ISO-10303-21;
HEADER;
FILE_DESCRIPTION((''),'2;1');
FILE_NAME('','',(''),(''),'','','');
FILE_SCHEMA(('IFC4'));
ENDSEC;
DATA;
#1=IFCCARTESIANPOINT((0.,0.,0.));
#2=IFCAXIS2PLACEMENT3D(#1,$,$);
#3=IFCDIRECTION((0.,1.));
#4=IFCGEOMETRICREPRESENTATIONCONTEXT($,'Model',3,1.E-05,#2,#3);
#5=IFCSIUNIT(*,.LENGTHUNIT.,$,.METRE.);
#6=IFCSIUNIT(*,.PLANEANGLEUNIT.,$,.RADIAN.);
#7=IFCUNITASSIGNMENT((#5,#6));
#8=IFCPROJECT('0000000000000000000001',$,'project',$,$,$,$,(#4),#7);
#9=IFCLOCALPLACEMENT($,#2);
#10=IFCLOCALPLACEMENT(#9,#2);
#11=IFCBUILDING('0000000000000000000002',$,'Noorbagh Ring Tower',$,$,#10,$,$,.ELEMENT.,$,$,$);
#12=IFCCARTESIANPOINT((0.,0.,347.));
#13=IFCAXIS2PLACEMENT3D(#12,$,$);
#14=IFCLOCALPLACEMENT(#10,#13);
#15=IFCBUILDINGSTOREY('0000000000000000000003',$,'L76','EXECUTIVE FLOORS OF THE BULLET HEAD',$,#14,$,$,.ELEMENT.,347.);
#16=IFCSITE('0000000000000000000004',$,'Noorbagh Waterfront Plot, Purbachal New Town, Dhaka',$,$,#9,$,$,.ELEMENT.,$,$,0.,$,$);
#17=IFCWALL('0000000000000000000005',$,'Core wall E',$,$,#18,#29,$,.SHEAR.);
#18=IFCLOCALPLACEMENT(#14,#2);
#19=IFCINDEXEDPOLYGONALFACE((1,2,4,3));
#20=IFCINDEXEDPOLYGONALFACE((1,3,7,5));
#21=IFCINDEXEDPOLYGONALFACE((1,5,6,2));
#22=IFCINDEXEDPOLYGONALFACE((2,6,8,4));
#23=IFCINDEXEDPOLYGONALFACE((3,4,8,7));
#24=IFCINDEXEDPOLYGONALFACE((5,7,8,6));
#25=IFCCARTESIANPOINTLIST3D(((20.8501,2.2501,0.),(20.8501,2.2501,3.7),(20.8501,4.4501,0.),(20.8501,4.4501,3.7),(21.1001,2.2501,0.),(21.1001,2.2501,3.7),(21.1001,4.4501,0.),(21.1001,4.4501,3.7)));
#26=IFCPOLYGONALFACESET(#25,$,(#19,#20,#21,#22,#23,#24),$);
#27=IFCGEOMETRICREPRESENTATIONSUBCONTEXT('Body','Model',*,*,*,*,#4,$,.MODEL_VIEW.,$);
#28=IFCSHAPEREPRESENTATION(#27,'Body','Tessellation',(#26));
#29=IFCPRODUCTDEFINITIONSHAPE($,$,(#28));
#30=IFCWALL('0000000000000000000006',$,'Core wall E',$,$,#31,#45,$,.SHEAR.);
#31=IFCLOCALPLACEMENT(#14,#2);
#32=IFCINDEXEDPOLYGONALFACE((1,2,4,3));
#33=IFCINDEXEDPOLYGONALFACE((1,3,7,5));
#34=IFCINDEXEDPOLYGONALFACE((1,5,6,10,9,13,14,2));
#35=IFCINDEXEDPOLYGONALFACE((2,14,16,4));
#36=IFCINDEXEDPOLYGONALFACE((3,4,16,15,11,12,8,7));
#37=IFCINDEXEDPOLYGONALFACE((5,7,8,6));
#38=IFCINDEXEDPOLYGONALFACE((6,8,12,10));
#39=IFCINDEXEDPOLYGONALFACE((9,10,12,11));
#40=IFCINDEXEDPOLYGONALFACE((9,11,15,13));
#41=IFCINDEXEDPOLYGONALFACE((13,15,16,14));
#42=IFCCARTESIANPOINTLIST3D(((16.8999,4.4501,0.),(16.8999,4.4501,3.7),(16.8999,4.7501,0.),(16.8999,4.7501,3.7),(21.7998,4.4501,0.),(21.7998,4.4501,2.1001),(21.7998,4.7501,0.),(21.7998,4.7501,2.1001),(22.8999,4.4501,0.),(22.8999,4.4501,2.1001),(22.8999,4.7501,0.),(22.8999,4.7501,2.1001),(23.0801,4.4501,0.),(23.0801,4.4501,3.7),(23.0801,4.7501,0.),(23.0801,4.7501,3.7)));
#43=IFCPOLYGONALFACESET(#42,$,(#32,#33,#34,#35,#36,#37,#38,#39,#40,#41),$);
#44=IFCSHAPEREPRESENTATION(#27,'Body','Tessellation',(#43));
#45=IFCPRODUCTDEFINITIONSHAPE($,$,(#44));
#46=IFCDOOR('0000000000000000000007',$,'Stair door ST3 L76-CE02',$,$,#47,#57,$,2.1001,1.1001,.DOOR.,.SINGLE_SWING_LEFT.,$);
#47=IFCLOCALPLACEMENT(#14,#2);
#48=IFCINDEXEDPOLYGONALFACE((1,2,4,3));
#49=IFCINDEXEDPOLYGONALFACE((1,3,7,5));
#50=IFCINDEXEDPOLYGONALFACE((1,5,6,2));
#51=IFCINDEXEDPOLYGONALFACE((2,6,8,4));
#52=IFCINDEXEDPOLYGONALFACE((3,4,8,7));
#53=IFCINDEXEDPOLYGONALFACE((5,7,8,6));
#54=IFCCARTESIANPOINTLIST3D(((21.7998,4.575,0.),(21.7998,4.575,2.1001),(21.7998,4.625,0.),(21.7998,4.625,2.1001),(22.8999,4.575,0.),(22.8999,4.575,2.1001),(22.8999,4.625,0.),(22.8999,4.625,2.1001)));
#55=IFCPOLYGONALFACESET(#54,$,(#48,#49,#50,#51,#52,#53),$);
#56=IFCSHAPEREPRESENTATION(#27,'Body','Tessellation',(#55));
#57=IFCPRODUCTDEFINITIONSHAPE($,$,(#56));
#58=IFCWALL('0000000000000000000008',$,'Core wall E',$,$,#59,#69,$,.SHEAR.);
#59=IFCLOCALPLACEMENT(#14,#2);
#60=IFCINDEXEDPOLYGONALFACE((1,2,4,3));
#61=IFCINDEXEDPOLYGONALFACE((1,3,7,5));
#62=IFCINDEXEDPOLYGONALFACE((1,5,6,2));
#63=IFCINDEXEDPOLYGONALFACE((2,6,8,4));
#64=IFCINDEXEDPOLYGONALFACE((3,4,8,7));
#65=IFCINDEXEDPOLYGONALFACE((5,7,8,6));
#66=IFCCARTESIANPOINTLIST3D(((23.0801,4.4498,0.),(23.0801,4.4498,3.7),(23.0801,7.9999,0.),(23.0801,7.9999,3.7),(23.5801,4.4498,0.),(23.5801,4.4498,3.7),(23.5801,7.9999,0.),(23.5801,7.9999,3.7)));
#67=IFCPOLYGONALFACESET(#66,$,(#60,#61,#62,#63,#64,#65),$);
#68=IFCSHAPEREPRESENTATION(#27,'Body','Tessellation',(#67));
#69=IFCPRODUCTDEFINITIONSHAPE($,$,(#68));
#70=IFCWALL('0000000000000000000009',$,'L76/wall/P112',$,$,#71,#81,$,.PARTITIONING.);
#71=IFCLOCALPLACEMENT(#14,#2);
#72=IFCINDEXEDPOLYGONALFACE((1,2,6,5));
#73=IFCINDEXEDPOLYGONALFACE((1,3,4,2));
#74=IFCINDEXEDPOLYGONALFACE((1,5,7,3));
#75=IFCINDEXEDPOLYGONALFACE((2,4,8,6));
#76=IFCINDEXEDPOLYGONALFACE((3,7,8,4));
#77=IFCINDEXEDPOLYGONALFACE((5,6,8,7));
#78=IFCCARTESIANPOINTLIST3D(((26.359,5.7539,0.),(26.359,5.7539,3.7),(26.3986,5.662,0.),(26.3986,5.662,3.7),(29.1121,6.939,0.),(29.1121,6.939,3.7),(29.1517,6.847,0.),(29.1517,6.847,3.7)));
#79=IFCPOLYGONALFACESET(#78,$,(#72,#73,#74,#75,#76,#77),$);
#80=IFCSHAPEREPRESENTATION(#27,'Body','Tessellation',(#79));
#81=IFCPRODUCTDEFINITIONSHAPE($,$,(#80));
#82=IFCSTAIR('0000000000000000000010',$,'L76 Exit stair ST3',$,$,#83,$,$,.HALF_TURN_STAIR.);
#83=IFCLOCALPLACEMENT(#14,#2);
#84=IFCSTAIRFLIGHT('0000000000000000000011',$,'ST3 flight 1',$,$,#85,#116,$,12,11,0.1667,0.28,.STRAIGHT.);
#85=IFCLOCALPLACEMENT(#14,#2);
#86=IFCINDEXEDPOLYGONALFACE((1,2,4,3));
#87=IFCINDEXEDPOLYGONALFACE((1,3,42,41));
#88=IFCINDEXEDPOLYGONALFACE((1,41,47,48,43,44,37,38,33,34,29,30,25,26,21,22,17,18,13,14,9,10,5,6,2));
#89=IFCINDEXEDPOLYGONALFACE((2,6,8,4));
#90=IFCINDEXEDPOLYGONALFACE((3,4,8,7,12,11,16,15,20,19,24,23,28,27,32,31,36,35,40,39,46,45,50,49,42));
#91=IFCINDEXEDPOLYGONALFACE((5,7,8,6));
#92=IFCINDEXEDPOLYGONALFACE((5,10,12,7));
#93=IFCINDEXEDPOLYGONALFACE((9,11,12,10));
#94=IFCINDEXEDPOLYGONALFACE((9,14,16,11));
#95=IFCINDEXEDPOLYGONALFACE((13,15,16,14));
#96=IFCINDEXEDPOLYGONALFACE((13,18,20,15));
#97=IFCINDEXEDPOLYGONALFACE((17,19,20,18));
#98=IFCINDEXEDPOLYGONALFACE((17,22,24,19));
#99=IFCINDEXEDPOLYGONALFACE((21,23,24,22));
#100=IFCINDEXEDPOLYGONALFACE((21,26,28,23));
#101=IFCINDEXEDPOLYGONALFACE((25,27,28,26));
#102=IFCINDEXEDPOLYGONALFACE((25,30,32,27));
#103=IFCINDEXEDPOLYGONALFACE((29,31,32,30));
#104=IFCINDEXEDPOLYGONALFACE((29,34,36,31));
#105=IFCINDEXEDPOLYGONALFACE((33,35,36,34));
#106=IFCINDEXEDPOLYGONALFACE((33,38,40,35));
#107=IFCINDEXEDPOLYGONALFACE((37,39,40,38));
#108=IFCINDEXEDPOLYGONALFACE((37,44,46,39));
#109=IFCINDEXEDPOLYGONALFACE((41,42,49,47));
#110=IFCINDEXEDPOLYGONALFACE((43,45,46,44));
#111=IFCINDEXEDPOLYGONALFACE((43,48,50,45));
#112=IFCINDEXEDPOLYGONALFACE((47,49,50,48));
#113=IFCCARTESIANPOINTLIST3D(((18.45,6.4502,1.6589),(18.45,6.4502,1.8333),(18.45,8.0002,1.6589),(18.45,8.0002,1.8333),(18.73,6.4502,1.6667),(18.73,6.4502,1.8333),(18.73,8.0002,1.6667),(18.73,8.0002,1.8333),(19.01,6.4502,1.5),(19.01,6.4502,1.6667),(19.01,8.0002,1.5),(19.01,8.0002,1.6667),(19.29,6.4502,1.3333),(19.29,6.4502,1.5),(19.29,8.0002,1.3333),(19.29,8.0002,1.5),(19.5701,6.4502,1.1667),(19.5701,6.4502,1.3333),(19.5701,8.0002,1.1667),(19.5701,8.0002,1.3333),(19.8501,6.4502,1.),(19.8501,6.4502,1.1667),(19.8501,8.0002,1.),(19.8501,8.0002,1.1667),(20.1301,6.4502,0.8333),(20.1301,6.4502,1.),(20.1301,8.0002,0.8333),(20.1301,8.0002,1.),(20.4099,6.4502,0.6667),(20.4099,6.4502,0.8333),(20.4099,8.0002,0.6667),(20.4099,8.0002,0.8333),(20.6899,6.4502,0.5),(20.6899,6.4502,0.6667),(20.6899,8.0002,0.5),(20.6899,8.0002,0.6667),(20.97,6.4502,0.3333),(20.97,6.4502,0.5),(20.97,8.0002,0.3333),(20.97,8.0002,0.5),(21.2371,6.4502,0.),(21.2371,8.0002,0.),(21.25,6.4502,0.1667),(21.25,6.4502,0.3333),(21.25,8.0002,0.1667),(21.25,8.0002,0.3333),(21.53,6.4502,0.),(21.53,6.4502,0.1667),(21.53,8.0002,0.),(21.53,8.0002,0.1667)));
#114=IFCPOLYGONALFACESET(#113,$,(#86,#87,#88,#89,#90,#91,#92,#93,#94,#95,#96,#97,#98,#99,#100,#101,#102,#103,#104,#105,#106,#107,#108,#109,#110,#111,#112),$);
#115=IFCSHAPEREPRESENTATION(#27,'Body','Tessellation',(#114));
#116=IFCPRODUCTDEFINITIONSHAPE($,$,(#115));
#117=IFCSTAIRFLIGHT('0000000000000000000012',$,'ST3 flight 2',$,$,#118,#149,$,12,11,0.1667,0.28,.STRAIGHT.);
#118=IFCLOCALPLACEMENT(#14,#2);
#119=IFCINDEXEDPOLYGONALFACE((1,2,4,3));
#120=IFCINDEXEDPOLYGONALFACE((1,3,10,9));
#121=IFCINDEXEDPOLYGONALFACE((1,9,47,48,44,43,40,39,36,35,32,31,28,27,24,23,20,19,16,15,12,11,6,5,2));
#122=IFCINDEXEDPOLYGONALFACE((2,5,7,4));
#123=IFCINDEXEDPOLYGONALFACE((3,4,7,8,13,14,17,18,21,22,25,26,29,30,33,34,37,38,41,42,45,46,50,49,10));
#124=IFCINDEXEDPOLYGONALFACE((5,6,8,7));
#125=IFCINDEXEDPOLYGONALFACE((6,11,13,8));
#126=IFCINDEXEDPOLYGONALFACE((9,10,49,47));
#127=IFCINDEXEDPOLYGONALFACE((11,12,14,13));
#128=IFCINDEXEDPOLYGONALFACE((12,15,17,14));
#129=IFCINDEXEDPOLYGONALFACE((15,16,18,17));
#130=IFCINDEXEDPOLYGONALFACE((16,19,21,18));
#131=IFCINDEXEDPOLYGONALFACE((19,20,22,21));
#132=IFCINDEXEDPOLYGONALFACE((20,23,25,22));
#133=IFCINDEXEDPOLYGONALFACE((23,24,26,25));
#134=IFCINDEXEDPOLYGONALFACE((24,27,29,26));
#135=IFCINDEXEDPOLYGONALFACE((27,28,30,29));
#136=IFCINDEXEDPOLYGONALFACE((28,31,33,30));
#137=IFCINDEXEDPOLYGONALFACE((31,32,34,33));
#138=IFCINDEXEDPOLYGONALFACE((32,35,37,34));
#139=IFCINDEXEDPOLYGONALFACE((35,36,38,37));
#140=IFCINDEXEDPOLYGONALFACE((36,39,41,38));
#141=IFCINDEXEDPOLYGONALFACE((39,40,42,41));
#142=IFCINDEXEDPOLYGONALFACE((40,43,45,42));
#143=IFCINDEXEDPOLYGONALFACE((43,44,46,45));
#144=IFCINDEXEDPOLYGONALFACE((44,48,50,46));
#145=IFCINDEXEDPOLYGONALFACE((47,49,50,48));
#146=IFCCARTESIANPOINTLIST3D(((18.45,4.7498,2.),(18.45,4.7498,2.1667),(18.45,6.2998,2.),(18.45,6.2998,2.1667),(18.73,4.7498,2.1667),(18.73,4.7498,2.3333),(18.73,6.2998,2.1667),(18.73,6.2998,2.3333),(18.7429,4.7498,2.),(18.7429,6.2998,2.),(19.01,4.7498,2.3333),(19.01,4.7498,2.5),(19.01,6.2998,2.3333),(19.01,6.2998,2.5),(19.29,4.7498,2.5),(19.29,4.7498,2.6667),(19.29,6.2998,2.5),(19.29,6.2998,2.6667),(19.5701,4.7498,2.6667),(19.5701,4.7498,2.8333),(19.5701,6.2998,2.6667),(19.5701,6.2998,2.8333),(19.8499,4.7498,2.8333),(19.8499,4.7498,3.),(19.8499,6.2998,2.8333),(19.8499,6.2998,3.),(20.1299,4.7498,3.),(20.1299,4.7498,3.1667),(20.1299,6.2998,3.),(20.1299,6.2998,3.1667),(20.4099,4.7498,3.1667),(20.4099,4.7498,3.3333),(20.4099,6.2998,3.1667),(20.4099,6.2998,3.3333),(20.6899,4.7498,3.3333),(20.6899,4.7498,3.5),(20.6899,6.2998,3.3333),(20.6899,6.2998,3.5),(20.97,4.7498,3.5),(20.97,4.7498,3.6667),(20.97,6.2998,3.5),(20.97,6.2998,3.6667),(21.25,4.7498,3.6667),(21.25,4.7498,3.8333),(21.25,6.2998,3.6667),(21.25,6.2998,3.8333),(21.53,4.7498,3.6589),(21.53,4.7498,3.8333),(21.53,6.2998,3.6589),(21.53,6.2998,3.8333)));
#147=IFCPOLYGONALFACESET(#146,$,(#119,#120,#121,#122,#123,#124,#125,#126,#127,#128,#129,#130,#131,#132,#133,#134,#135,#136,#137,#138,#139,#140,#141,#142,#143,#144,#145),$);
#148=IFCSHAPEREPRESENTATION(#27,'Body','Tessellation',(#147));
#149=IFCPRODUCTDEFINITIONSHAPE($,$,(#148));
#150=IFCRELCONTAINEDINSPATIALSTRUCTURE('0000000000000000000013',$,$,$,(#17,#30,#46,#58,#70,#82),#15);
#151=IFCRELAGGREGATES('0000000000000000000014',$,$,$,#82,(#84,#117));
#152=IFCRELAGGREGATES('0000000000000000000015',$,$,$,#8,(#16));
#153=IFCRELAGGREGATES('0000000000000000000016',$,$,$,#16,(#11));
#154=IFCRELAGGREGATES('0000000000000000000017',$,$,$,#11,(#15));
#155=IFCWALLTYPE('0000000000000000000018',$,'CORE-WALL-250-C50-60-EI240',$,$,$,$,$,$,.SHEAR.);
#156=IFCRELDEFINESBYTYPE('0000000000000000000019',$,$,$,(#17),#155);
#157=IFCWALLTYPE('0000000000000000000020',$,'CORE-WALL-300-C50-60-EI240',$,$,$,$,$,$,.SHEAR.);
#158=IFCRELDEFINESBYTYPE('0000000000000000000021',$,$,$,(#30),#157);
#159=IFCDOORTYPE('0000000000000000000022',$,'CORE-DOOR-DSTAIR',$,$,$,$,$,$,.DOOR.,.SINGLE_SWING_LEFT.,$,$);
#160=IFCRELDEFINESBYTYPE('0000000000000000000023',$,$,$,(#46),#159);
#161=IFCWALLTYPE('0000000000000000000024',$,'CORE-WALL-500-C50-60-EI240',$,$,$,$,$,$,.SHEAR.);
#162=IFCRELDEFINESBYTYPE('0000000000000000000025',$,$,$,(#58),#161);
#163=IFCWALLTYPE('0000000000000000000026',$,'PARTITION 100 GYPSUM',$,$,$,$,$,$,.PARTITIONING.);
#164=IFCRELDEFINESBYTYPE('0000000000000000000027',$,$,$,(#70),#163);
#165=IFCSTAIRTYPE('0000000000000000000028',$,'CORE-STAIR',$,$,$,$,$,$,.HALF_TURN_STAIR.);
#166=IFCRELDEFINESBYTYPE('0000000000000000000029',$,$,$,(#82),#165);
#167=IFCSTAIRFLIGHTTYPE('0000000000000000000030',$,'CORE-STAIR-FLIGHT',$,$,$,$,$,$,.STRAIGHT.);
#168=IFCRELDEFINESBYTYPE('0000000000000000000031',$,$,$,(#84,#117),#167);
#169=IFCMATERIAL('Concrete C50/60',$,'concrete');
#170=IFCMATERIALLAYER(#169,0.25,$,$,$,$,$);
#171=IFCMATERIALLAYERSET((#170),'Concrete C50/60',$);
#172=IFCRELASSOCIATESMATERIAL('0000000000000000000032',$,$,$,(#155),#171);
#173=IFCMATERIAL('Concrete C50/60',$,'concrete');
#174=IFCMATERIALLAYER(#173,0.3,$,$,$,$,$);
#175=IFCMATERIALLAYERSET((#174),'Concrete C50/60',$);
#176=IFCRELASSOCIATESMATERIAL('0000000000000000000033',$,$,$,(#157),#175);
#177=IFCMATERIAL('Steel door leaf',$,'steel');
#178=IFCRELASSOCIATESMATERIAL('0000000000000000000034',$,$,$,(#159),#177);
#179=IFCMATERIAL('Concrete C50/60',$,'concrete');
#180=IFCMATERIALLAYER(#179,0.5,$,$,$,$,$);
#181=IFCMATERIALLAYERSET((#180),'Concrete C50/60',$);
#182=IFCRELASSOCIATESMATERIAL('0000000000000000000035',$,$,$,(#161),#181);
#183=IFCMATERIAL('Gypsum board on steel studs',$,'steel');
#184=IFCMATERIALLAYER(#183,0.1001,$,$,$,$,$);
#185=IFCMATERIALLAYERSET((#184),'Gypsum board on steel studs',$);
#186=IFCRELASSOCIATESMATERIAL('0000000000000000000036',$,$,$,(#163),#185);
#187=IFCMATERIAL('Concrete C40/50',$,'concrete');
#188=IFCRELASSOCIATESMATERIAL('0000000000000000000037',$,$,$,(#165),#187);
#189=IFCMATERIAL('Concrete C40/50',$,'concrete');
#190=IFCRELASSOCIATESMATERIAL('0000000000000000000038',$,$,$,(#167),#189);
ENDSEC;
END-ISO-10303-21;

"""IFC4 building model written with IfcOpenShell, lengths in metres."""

from ifc_helpers import new_model, si_unit, direction, frame, frame_2d, origin, place, context, subcontext, project, spatial, polyline, rectangle, outline, extrude, material, layer, layer_set, type_object, element, fill, aggregate, save


model = new_model("IFC4")

# Units and contexts
model_context = context("Model", 3, precision=1e-05, world=origin(), true_north=direction((0.0, 1.0)))
body_context = subcontext(model_context, "Body", "Model", "MODEL_VIEW")
ifc_project = project(units=[si_unit("LENGTHUNIT", "METRE"), si_unit("PLANEANGLEUNIT", "RADIAN")], contexts=[model_context])

# Site, building, storey
site_placement = place(None, origin())
site = spatial("IfcSite", under=ifc_project, at=site_placement, Name="Noorbagh Waterfront Plot, Purbachal New Town, Dhaka", CompositionType="ELEMENT", RefElevation=0.0)
building_placement = place(site_placement, origin())
building = spatial("IfcBuilding", under=site, at=building_placement, Name="Noorbagh Ring Tower", CompositionType="ELEMENT")
storey_placement = place(building_placement, frame((0.0, 0.0, 347.0)))
storey = spatial("IfcBuildingStorey", under=building, at=storey_placement, Name="L76", Description="EXECUTIVE FLOORS OF THE BULLET HEAD", CompositionType="ELEMENT", Elevation=347.0)

# Wall
ifc_material_1 = material(Name="Concrete C50/60", Category="concrete")
ifc_layer_1 = layer(ifc_material_1, 0.25)
ifc_layer_set_1 = layer_set([ifc_layer_1], Name="Concrete C50/60")
wall_type_1 = type_object("IfcWallType", Name="CORE-WALL-250-C50-60-EI240", PredefinedType="SHEAR", material=ifc_layer_set_1)
wall_1_placement = place(storey_placement, frame((20.9751, 2.25, 0.0), z_axis=(0.0, 0.0, 1.0), x_axis=(0.0, 1.0, 0.0)))
element("IfcWall", 1, at=wall_1_placement, inside=storey, type_object=wall_type_1, Name="Core wall E", PredefinedType="SHEAR", context=body_context, shape_type="SweptSolid", body=[
    extrude(rectangle(XDim=2.2, YDim=0.25, at=frame_2d((1.1001, 0.0))), origin(), (0.0, 0.0, 1.0), 3.7),
])

# Wall, opening, door
ifc_material_2 = material(Name="Concrete C50/60", Category="concrete")
ifc_layer_2 = layer(ifc_material_2, 0.3)
ifc_layer_set_2 = layer_set([ifc_layer_2], Name="Concrete C50/60")
wall_type_2 = type_object("IfcWallType", Name="CORE-WALL-300-C50-60-EI240", PredefinedType="SHEAR", material=ifc_layer_set_2)
wall_2_placement = place(storey_placement, frame((16.8999, 4.6001, 0.0), z_axis=(0.0, 0.0, 1.0), x_axis=(1.0, 0.0, 0.0)))
wall_2 = element("IfcWall", 2, at=wall_2_placement, inside=storey, type_object=wall_type_2, Name="Core wall E", PredefinedType="SHEAR", context=body_context, shape_type="SweptSolid", body=[
    extrude(rectangle(XDim=6.1802, YDim=0.3, at=frame_2d((3.0901, 0.0))), origin(), (0.0, 0.0, 1.0), 3.7),
])
opening_placement = place(wall_2_placement, frame((4.8999, 0.0, 0.0)))
opening = element("IfcOpeningElement", 3, at=opening_placement, cuts=wall_2, PredefinedType="OPENING", context=body_context, shape_type="SweptSolid", body=[
    extrude(rectangle(XDim=1.1001, YDim=2.1001, at=frame_2d((0.55, 1.05))), frame((0.0, 0.1602, 0.0), z_axis=(0.0, -1.0, 0.0), x_axis=(1.0, 0.0, 0.0)), (0.0, 0.0, 1.0), 0.3201),
])
ifc_material_3 = material(Name="Steel door leaf", Category="steel")
door_type = type_object("IfcDoorType", Name="CORE-DOOR-DSTAIR", OperationType="SINGLE_SWING_LEFT", PredefinedType="DOOR", material=ifc_material_3)
door_placement = place(opening_placement, origin())
door = element("IfcDoor", 4, at=door_placement, inside=storey, type_object=door_type, Name="Stair door ST3 L76-CE02", OperationType="SINGLE_SWING_LEFT", OverallHeight=2.1001, OverallWidth=1.1001, PredefinedType="DOOR", context=body_context, shape_type="SweptSolid", body=[
    extrude(rectangle(XDim=1.1001, YDim=2.1001, at=frame_2d((0.55, 1.05))), frame((0.0, 0.0249, 0.0), z_axis=(0.0, -1.0, 0.0), x_axis=(1.0, 0.0, 0.0)), (0.0, 0.0, 1.0), 0.05),
])
fill(opening, door)

# Walls
ifc_material_4 = material(Name="Concrete C50/60", Category="concrete")
ifc_layer_3 = layer(ifc_material_4, 0.5)
ifc_layer_set_3 = layer_set([ifc_layer_3], Name="Concrete C50/60")
wall_type_3 = type_object("IfcWallType", Name="CORE-WALL-500-C50-60-EI240", PredefinedType="SHEAR", material=ifc_layer_set_3)
wall_3_placement = place(storey_placement, frame((23.3301, 4.45, 0.0), z_axis=(0.0, 0.0, 1.0), x_axis=(0.0, 1.0, 0.0)))
element("IfcWall", 5, at=wall_3_placement, inside=storey, type_object=wall_type_3, Name="Core wall E", PredefinedType="SHEAR", context=body_context, shape_type="SweptSolid", body=[
    extrude(rectangle(XDim=3.55, YDim=0.5, at=frame_2d((1.7749, 0.0))), origin(), (0.0, 0.0, 1.0), 3.7),
])
ifc_material_5 = material(Name="Gypsum board on steel studs", Category="steel")
ifc_layer_4 = layer(ifc_material_5, 0.1001)
ifc_layer_set_4 = layer_set([ifc_layer_4], Name="Gypsum board on steel studs")
wall_type_4 = type_object("IfcWallType", Name="PARTITION 100 GYPSUM", PredefinedType="PARTITIONING", material=ifc_layer_set_4)
wall_4_placement = place(storey_placement, frame((26.3789, 5.708, 0.0), z_axis=(0.0, 0.0, 1.0), x_axis=(0.918525, 0.395364, 0.0)))
element("IfcWall", 6, at=wall_4_placement, inside=storey, type_object=wall_type_4, Name="L76/wall/P112", PredefinedType="PARTITIONING", context=body_context, shape_type="SweptSolid", body=[
    extrude(rectangle(XDim=2.9973, YDim=0.1001, at=frame_2d((1.4985, 0.0))), origin(), (0.0, 0.0, 1.0), 3.7),
])

# Stair, stair flights
ifc_material_6 = material(Name="Concrete C40/50", Category="concrete")
stair_type = type_object("IfcStairType", Name="CORE-STAIR", PredefinedType="HALF_TURN_STAIR", material=ifc_material_6)
stair_placement = place(storey_placement, origin())
stair = element("IfcStair", 7, at=stair_placement, inside=storey, type_object=stair_type, Name="L76 Exit stair ST3", PredefinedType="HALF_TURN_STAIR")
ifc_material_7 = material(Name="Concrete C40/50", Category="concrete")
stair_flight_type = type_object("IfcStairFlightType", Name="CORE-STAIR-FLIGHT", PredefinedType="STRAIGHT", material=ifc_material_7)
stair_flight_1_placement = place(storey_placement, frame((21.53, 7.2251, 0.0), z_axis=(0.0, 0.0, 1.0), x_axis=(-1.0, 0.0, 0.0)))
stair_flight_1 = element("IfcStairFlight", 8, at=stair_flight_1_placement, type_object=stair_flight_type, Name="ST3 flight 1", NumberOfRisers=12, NumberOfTreads=11, PredefinedType="STRAIGHT", RiserHeight=0.1667, TreadLength=0.28, context=body_context, shape_type="SweptSolid", body=[
    extrude(outline(polyline([(0.0, 0.0), (0.0, 0.1667), (0.28, 0.1667), (0.28, 0.3333), (0.5601, 0.3333), (0.5601, 0.5), (0.8401, 0.5), (0.8401, 0.6667), (1.1201, 0.6667), (1.1201, 0.8333), (1.3999, 0.8333), (1.3999, 1.0), (1.6799, 1.0), (1.6799, 1.1667), (1.96, 1.1667), (1.96, 1.3333), (2.24, 1.3333), (2.24, 1.5), (2.52, 1.5), (2.52, 1.6667), (2.8, 1.6667), (2.8, 1.8333), (3.0801, 1.8333), (3.0801, 2.0), (3.0801, 1.6589), (0.293, 0.0), (0.0, 0.0)])), frame((0.0, 0.7749, 0.0), z_axis=(0.0, -1.0, 0.0), x_axis=(1.0, 0.0, 0.0)), (0.0, 0.0, 1.0), 1.55),
])
stair_flight_2_placement = place(storey_placement, frame((18.45, 5.5249, 2.0), z_axis=(0.0, 0.0, 1.0), x_axis=(1.0, 0.0, 0.0)))
stair_flight_2 = element("IfcStairFlight", 9, at=stair_flight_2_placement, type_object=stair_flight_type, Name="ST3 flight 2", NumberOfRisers=12, NumberOfTreads=11, PredefinedType="STRAIGHT", RiserHeight=0.1667, TreadLength=0.28, context=body_context, shape_type="SweptSolid", body=[
    extrude(outline(polyline([(0.0, 0.0), (0.0, 0.1667), (0.28, 0.1667), (0.28, 0.3333), (0.5601, 0.3333), (0.5601, 0.5), (0.8401, 0.5), (0.8401, 0.6667), (1.1201, 0.6667), (1.1201, 0.8333), (1.3999, 0.8333), (1.3999, 1.0), (1.6799, 1.0), (1.6799, 1.1667), (1.96, 1.1667), (1.96, 1.3333), (2.24, 1.3333), (2.24, 1.5), (2.52, 1.5), (2.52, 1.6667), (2.8, 1.6667), (2.8, 1.8333), (3.0801, 1.8333), (3.0801, 2.0), (3.0801, 1.6589), (0.293, 0.0), (0.0, 0.0)])), frame((0.0, 0.7749, 0.0), z_axis=(0.0, -1.0, 0.0), x_axis=(1.0, 0.0, 0.0)), (0.0, 0.0, 1.0), 1.55),
])
aggregate(stair, [stair_flight_1, stair_flight_2])

save(model, "model.ifc")
